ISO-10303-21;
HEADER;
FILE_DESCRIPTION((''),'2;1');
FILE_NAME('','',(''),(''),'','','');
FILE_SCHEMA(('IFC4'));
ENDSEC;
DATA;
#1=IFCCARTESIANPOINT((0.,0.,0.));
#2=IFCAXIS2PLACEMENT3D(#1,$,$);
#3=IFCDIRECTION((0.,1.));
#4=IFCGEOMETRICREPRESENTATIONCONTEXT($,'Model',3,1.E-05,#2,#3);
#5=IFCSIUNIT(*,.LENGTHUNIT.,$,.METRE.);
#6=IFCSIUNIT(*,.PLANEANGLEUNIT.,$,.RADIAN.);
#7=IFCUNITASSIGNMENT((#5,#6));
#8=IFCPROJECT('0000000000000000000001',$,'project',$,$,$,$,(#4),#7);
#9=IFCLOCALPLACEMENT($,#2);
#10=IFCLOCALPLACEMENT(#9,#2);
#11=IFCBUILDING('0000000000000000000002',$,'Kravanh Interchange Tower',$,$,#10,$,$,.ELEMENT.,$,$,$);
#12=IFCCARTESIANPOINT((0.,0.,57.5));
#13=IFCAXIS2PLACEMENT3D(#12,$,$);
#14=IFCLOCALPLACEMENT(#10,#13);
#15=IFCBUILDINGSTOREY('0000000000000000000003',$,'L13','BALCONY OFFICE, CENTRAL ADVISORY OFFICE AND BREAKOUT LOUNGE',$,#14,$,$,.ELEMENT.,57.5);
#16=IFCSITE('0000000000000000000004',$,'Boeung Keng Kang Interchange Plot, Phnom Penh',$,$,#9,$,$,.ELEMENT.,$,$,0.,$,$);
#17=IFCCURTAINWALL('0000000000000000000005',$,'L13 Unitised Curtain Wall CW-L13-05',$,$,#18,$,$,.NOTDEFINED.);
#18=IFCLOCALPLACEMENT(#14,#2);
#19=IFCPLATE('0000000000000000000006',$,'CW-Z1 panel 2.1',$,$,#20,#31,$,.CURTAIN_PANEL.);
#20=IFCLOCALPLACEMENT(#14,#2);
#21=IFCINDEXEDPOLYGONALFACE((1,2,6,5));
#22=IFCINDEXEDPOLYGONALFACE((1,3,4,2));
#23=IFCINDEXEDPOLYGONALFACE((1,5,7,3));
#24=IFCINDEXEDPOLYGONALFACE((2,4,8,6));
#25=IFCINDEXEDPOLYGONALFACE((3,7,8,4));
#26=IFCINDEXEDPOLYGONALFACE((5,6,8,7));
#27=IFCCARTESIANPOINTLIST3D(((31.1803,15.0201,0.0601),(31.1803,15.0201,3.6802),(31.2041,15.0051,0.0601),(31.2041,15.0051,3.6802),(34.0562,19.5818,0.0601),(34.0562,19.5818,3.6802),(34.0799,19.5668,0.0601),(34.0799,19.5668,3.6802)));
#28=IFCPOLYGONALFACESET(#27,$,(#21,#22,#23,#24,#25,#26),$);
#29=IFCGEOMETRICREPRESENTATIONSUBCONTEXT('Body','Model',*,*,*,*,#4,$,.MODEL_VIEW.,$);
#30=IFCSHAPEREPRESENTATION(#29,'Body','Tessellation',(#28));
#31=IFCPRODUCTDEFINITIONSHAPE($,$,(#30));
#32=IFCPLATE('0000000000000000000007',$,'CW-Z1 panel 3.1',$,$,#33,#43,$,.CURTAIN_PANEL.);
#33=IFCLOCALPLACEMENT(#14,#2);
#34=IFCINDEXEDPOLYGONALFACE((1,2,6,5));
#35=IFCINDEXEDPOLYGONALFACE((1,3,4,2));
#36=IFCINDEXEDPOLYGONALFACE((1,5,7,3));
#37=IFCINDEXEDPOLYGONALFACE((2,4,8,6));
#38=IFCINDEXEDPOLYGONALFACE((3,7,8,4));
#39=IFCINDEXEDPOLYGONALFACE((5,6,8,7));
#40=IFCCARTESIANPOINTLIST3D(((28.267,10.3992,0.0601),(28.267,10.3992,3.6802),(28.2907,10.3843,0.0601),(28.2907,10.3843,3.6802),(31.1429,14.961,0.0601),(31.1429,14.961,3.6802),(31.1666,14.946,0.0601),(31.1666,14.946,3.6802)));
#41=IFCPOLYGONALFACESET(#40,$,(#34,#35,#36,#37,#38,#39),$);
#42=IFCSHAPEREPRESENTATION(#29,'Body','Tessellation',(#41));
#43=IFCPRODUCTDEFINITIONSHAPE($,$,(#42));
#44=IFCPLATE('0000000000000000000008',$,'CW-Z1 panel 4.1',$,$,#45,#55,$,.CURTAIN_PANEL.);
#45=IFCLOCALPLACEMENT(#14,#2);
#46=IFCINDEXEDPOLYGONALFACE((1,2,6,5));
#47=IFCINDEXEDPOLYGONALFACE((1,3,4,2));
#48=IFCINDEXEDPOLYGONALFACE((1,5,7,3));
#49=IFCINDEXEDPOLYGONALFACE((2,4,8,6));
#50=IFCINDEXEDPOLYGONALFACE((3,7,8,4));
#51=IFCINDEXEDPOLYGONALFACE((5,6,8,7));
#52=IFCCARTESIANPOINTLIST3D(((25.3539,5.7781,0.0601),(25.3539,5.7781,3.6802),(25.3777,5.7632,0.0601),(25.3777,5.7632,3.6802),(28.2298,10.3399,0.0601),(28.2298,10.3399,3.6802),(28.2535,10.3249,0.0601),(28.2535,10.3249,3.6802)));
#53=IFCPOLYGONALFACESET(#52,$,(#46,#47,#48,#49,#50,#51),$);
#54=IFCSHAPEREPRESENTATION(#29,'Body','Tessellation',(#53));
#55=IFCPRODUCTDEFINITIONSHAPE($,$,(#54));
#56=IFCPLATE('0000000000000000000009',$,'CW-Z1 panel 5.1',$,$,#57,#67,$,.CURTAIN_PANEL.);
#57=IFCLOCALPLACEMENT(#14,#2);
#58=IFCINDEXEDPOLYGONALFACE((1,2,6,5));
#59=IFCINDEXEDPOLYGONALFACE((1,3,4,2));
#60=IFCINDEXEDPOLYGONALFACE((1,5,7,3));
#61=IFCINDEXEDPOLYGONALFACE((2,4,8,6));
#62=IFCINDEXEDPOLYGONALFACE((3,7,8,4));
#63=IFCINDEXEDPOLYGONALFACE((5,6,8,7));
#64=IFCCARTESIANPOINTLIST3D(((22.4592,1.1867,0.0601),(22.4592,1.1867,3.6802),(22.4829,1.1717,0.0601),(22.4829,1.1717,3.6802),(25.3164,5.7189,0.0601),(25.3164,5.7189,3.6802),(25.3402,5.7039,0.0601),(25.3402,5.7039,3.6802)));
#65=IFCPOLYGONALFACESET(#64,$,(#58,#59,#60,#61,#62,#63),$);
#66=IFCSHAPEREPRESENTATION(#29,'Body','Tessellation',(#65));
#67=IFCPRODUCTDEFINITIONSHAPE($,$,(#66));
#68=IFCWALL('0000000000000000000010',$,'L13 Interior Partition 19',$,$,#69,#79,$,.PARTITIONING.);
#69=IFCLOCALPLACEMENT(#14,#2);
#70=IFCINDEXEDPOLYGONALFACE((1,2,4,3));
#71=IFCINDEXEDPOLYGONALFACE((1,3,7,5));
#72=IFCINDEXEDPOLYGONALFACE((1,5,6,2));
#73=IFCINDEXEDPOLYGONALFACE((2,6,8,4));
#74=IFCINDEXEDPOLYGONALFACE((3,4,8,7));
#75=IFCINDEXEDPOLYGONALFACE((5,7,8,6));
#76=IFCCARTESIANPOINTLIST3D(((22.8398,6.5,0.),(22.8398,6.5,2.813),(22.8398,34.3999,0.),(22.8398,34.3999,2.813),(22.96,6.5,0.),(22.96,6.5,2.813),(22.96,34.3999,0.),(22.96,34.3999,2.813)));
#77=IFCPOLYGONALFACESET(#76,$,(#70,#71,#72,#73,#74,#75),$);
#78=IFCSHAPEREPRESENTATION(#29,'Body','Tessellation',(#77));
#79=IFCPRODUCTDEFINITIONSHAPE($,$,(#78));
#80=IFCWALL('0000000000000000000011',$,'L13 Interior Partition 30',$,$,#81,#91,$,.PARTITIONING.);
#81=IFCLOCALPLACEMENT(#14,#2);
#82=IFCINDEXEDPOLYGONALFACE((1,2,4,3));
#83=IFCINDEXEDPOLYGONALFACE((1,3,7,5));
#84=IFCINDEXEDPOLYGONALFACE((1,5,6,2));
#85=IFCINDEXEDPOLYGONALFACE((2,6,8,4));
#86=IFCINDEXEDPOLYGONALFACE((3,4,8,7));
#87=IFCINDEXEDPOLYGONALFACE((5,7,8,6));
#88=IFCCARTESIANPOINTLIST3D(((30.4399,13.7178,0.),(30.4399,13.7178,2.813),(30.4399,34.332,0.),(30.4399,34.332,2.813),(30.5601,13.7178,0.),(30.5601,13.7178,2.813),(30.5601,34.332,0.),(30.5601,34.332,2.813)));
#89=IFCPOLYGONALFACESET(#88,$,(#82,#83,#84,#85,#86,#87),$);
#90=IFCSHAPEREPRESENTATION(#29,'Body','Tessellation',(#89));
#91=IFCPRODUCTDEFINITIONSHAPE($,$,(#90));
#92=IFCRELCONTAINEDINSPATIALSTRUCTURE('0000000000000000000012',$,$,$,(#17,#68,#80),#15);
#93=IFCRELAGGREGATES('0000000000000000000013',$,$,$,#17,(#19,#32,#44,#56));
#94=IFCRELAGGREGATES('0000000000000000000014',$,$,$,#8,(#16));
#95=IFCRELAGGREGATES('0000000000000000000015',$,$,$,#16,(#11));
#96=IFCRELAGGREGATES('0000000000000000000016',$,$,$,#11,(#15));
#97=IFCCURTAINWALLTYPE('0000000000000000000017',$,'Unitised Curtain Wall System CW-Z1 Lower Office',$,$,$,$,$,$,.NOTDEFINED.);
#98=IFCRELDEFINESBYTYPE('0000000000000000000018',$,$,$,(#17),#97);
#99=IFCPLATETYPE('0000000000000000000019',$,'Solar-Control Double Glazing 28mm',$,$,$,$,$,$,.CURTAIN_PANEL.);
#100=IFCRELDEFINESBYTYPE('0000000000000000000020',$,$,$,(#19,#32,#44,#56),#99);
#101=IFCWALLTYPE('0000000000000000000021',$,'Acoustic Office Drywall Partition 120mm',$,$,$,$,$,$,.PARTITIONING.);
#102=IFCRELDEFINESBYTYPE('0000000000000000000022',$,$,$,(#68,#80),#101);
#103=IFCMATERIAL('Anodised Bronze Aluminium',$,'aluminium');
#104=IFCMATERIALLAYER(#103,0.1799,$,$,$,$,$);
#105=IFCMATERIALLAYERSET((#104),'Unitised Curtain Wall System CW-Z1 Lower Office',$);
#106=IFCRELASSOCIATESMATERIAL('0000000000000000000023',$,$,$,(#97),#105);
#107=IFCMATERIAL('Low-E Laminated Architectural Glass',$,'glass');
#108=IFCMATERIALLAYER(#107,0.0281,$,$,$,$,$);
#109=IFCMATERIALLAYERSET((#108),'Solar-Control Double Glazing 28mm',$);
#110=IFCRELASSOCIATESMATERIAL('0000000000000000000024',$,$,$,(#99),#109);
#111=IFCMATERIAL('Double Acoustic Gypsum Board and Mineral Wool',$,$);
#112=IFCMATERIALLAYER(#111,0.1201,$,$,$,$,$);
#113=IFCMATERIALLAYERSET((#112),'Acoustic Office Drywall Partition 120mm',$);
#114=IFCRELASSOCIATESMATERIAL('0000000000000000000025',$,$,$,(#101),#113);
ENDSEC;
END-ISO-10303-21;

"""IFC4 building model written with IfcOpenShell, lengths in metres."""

from ifc_helpers import new_model, si_unit, direction, frame, frame_2d, origin, origin_2d, place, context, subcontext, project, spatial, rectangle, extrude, material, layer, layer_set, type_object, element, aggregate, save


model = new_model("IFC4")

# Units and contexts
model_context = context("Model", 3, precision=1e-05, world=origin(), true_north=direction((0.0, 1.0)))
body_context = subcontext(model_context, "Body", "Model", "MODEL_VIEW")
ifc_project = project(units=[si_unit("LENGTHUNIT", "METRE"), si_unit("PLANEANGLEUNIT", "RADIAN")], contexts=[model_context])

# Site, building, storey
site_placement = place(None, origin())
site = spatial("IfcSite", under=ifc_project, at=site_placement, Name="Boeung Keng Kang Interchange Plot, Phnom Penh", CompositionType="ELEMENT", RefElevation=0.0)
building_placement = place(site_placement, origin())
building = spatial("IfcBuilding", under=site, at=building_placement, Name="Kravanh Interchange Tower", CompositionType="ELEMENT")
storey_placement = place(building_placement, frame((0.0, 0.0, 57.5)))
storey = spatial("IfcBuildingStorey", under=building, at=storey_placement, Name="L13", Description="BALCONY OFFICE, CENTRAL ADVISORY OFFICE AND BREAKOUT LOUNGE", CompositionType="ELEMENT", Elevation=57.5)

# Curtain wall
ifc_material_1 = material(Name="Anodised Bronze Aluminium", Category="aluminium")
ifc_layer_1 = layer(ifc_material_1, 0.1799)
ifc_layer_set_1 = layer_set([ifc_layer_1], Name="Unitised Curtain Wall System CW-Z1 Lower Office")
curtain_wall_type = type_object("IfcCurtainWallType", Name="Unitised Curtain Wall System CW-Z1 Lower Office", PredefinedType="NOTDEFINED", material=ifc_layer_set_1)
curtain_wall_1_placement = place(storey_placement, origin())
curtain_wall_1 = element("IfcCurtainWall", 1, at=curtain_wall_1_placement, inside=storey, type_object=curtain_wall_type, Name="L13 Unitised Curtain Wall CW-L13-05", PredefinedType="NOTDEFINED")

# Plates
ifc_material_2 = material(Name="Low-E Laminated Architectural Glass", Category="glass")
ifc_layer_2 = layer(ifc_material_2, 0.0281)
ifc_layer_set_2 = layer_set([ifc_layer_2], Name="Solar-Control Double Glazing 28mm")
plate_type = type_object("IfcPlateType", Name="Solar-Control Double Glazing 28mm", PredefinedType="CURTAIN_PANEL", material=ifc_layer_set_2)
plate_1_placement = place(storey_placement, frame((32.6301, 17.2935, 0.0601), z_axis=(0.0, 0.0, 1.0), x_axis=(-0.533301, -0.845926, 0.0)))
plate_1 = element("IfcPlate", 2, at=plate_1_placement, type_object=plate_type, Name="CW-Z1 panel 2.1", PredefinedType="CURTAIN_PANEL", context=body_context, shape_type="SweptSolid", body=[
    extrude(rectangle(XDim=5.3926, YDim=0.0281, at=origin_2d()), origin(), (0.0, 0.0, 1.0), 3.6201),
])
plate_2_placement = place(storey_placement, frame((29.7168, 12.6726, 0.0601), z_axis=(0.0, 0.0, 1.0), x_axis=(-0.533301, -0.845926, 0.0)))
plate_2 = element("IfcPlate", 3, at=plate_2_placement, type_object=plate_type, Name="CW-Z1 panel 3.1", PredefinedType="CURTAIN_PANEL", context=body_context, shape_type="SweptSolid", body=[
    extrude(rectangle(XDim=5.3926, YDim=0.0281, at=origin_2d()), origin(), (0.0, 0.0, 1.0), 3.6201),
])
plate_3_placement = place(storey_placement, frame((26.8037, 8.0515, 0.0601), z_axis=(0.0, 0.0, 1.0), x_axis=(-0.533301, -0.845926, 0.0)))
plate_3 = element("IfcPlate", 4, at=plate_3_placement, type_object=plate_type, Name="CW-Z1 panel 4.1", PredefinedType="CURTAIN_PANEL", context=body_context, shape_type="SweptSolid", body=[
    extrude(rectangle(XDim=5.3926, YDim=0.0281, at=origin_2d()), origin(), (0.0, 0.0, 1.0), 3.6201),
])
plate_4_placement = place(storey_placement, frame((23.8997, 3.4453, 0.0601), z_axis=(0.0, 0.0, 1.0), x_axis=(-0.533301, -0.845926, 0.0)))
plate_4 = element("IfcPlate", 5, at=plate_4_placement, type_object=plate_type, Name="CW-Z1 panel 5.1", PredefinedType="CURTAIN_PANEL", context=body_context, shape_type="SweptSolid", body=[
    extrude(rectangle(XDim=5.3577, YDim=0.0281, at=origin_2d()), origin(), (0.0, 0.0, 1.0), 3.6201),
])
aggregate(curtain_wall_1, [plate_1, plate_2, plate_3, plate_4])

# Walls
ifc_material_3 = material(Name="Double Acoustic Gypsum Board and Mineral Wool")
ifc_layer_3 = layer(ifc_material_3, 0.1201)
ifc_layer_set_3 = layer_set([ifc_layer_3], Name="Acoustic Office Drywall Partition 120mm")
wall_type = type_object("IfcWallType", Name="Acoustic Office Drywall Partition 120mm", PredefinedType="PARTITIONING", material=ifc_layer_set_3)
wall_1_placement = place(storey_placement, frame((22.8999, 6.5, 0.0), z_axis=(0.0, 0.0, 1.0), x_axis=(0.0, 1.0, 0.0)))
element("IfcWall", 6, at=wall_1_placement, inside=storey, type_object=wall_type, Name="L13 Interior Partition 19", PredefinedType="PARTITIONING", context=body_context, shape_type="SweptSolid", body=[
    extrude(rectangle(XDim=27.8999, YDim=0.1201, at=frame_2d((13.95, 0.0))), origin(), (0.0, 0.0, 1.0), 2.813),
])
wall_2_placement = place(storey_placement, frame((30.5, 13.7178, 0.0), z_axis=(0.0, 0.0, 1.0), x_axis=(0.0, 1.0, 0.0)))
element("IfcWall", 7, at=wall_2_placement, inside=storey, type_object=wall_type, Name="L13 Interior Partition 30", PredefinedType="PARTITIONING", context=body_context, shape_type="SweptSolid", body=[
    extrude(rectangle(XDim=20.6143, YDim=0.1201, at=frame_2d((10.3071, 0.0))), origin(), (0.0, 0.0, 1.0), 2.813),
])

save(model, "model.ifc")
